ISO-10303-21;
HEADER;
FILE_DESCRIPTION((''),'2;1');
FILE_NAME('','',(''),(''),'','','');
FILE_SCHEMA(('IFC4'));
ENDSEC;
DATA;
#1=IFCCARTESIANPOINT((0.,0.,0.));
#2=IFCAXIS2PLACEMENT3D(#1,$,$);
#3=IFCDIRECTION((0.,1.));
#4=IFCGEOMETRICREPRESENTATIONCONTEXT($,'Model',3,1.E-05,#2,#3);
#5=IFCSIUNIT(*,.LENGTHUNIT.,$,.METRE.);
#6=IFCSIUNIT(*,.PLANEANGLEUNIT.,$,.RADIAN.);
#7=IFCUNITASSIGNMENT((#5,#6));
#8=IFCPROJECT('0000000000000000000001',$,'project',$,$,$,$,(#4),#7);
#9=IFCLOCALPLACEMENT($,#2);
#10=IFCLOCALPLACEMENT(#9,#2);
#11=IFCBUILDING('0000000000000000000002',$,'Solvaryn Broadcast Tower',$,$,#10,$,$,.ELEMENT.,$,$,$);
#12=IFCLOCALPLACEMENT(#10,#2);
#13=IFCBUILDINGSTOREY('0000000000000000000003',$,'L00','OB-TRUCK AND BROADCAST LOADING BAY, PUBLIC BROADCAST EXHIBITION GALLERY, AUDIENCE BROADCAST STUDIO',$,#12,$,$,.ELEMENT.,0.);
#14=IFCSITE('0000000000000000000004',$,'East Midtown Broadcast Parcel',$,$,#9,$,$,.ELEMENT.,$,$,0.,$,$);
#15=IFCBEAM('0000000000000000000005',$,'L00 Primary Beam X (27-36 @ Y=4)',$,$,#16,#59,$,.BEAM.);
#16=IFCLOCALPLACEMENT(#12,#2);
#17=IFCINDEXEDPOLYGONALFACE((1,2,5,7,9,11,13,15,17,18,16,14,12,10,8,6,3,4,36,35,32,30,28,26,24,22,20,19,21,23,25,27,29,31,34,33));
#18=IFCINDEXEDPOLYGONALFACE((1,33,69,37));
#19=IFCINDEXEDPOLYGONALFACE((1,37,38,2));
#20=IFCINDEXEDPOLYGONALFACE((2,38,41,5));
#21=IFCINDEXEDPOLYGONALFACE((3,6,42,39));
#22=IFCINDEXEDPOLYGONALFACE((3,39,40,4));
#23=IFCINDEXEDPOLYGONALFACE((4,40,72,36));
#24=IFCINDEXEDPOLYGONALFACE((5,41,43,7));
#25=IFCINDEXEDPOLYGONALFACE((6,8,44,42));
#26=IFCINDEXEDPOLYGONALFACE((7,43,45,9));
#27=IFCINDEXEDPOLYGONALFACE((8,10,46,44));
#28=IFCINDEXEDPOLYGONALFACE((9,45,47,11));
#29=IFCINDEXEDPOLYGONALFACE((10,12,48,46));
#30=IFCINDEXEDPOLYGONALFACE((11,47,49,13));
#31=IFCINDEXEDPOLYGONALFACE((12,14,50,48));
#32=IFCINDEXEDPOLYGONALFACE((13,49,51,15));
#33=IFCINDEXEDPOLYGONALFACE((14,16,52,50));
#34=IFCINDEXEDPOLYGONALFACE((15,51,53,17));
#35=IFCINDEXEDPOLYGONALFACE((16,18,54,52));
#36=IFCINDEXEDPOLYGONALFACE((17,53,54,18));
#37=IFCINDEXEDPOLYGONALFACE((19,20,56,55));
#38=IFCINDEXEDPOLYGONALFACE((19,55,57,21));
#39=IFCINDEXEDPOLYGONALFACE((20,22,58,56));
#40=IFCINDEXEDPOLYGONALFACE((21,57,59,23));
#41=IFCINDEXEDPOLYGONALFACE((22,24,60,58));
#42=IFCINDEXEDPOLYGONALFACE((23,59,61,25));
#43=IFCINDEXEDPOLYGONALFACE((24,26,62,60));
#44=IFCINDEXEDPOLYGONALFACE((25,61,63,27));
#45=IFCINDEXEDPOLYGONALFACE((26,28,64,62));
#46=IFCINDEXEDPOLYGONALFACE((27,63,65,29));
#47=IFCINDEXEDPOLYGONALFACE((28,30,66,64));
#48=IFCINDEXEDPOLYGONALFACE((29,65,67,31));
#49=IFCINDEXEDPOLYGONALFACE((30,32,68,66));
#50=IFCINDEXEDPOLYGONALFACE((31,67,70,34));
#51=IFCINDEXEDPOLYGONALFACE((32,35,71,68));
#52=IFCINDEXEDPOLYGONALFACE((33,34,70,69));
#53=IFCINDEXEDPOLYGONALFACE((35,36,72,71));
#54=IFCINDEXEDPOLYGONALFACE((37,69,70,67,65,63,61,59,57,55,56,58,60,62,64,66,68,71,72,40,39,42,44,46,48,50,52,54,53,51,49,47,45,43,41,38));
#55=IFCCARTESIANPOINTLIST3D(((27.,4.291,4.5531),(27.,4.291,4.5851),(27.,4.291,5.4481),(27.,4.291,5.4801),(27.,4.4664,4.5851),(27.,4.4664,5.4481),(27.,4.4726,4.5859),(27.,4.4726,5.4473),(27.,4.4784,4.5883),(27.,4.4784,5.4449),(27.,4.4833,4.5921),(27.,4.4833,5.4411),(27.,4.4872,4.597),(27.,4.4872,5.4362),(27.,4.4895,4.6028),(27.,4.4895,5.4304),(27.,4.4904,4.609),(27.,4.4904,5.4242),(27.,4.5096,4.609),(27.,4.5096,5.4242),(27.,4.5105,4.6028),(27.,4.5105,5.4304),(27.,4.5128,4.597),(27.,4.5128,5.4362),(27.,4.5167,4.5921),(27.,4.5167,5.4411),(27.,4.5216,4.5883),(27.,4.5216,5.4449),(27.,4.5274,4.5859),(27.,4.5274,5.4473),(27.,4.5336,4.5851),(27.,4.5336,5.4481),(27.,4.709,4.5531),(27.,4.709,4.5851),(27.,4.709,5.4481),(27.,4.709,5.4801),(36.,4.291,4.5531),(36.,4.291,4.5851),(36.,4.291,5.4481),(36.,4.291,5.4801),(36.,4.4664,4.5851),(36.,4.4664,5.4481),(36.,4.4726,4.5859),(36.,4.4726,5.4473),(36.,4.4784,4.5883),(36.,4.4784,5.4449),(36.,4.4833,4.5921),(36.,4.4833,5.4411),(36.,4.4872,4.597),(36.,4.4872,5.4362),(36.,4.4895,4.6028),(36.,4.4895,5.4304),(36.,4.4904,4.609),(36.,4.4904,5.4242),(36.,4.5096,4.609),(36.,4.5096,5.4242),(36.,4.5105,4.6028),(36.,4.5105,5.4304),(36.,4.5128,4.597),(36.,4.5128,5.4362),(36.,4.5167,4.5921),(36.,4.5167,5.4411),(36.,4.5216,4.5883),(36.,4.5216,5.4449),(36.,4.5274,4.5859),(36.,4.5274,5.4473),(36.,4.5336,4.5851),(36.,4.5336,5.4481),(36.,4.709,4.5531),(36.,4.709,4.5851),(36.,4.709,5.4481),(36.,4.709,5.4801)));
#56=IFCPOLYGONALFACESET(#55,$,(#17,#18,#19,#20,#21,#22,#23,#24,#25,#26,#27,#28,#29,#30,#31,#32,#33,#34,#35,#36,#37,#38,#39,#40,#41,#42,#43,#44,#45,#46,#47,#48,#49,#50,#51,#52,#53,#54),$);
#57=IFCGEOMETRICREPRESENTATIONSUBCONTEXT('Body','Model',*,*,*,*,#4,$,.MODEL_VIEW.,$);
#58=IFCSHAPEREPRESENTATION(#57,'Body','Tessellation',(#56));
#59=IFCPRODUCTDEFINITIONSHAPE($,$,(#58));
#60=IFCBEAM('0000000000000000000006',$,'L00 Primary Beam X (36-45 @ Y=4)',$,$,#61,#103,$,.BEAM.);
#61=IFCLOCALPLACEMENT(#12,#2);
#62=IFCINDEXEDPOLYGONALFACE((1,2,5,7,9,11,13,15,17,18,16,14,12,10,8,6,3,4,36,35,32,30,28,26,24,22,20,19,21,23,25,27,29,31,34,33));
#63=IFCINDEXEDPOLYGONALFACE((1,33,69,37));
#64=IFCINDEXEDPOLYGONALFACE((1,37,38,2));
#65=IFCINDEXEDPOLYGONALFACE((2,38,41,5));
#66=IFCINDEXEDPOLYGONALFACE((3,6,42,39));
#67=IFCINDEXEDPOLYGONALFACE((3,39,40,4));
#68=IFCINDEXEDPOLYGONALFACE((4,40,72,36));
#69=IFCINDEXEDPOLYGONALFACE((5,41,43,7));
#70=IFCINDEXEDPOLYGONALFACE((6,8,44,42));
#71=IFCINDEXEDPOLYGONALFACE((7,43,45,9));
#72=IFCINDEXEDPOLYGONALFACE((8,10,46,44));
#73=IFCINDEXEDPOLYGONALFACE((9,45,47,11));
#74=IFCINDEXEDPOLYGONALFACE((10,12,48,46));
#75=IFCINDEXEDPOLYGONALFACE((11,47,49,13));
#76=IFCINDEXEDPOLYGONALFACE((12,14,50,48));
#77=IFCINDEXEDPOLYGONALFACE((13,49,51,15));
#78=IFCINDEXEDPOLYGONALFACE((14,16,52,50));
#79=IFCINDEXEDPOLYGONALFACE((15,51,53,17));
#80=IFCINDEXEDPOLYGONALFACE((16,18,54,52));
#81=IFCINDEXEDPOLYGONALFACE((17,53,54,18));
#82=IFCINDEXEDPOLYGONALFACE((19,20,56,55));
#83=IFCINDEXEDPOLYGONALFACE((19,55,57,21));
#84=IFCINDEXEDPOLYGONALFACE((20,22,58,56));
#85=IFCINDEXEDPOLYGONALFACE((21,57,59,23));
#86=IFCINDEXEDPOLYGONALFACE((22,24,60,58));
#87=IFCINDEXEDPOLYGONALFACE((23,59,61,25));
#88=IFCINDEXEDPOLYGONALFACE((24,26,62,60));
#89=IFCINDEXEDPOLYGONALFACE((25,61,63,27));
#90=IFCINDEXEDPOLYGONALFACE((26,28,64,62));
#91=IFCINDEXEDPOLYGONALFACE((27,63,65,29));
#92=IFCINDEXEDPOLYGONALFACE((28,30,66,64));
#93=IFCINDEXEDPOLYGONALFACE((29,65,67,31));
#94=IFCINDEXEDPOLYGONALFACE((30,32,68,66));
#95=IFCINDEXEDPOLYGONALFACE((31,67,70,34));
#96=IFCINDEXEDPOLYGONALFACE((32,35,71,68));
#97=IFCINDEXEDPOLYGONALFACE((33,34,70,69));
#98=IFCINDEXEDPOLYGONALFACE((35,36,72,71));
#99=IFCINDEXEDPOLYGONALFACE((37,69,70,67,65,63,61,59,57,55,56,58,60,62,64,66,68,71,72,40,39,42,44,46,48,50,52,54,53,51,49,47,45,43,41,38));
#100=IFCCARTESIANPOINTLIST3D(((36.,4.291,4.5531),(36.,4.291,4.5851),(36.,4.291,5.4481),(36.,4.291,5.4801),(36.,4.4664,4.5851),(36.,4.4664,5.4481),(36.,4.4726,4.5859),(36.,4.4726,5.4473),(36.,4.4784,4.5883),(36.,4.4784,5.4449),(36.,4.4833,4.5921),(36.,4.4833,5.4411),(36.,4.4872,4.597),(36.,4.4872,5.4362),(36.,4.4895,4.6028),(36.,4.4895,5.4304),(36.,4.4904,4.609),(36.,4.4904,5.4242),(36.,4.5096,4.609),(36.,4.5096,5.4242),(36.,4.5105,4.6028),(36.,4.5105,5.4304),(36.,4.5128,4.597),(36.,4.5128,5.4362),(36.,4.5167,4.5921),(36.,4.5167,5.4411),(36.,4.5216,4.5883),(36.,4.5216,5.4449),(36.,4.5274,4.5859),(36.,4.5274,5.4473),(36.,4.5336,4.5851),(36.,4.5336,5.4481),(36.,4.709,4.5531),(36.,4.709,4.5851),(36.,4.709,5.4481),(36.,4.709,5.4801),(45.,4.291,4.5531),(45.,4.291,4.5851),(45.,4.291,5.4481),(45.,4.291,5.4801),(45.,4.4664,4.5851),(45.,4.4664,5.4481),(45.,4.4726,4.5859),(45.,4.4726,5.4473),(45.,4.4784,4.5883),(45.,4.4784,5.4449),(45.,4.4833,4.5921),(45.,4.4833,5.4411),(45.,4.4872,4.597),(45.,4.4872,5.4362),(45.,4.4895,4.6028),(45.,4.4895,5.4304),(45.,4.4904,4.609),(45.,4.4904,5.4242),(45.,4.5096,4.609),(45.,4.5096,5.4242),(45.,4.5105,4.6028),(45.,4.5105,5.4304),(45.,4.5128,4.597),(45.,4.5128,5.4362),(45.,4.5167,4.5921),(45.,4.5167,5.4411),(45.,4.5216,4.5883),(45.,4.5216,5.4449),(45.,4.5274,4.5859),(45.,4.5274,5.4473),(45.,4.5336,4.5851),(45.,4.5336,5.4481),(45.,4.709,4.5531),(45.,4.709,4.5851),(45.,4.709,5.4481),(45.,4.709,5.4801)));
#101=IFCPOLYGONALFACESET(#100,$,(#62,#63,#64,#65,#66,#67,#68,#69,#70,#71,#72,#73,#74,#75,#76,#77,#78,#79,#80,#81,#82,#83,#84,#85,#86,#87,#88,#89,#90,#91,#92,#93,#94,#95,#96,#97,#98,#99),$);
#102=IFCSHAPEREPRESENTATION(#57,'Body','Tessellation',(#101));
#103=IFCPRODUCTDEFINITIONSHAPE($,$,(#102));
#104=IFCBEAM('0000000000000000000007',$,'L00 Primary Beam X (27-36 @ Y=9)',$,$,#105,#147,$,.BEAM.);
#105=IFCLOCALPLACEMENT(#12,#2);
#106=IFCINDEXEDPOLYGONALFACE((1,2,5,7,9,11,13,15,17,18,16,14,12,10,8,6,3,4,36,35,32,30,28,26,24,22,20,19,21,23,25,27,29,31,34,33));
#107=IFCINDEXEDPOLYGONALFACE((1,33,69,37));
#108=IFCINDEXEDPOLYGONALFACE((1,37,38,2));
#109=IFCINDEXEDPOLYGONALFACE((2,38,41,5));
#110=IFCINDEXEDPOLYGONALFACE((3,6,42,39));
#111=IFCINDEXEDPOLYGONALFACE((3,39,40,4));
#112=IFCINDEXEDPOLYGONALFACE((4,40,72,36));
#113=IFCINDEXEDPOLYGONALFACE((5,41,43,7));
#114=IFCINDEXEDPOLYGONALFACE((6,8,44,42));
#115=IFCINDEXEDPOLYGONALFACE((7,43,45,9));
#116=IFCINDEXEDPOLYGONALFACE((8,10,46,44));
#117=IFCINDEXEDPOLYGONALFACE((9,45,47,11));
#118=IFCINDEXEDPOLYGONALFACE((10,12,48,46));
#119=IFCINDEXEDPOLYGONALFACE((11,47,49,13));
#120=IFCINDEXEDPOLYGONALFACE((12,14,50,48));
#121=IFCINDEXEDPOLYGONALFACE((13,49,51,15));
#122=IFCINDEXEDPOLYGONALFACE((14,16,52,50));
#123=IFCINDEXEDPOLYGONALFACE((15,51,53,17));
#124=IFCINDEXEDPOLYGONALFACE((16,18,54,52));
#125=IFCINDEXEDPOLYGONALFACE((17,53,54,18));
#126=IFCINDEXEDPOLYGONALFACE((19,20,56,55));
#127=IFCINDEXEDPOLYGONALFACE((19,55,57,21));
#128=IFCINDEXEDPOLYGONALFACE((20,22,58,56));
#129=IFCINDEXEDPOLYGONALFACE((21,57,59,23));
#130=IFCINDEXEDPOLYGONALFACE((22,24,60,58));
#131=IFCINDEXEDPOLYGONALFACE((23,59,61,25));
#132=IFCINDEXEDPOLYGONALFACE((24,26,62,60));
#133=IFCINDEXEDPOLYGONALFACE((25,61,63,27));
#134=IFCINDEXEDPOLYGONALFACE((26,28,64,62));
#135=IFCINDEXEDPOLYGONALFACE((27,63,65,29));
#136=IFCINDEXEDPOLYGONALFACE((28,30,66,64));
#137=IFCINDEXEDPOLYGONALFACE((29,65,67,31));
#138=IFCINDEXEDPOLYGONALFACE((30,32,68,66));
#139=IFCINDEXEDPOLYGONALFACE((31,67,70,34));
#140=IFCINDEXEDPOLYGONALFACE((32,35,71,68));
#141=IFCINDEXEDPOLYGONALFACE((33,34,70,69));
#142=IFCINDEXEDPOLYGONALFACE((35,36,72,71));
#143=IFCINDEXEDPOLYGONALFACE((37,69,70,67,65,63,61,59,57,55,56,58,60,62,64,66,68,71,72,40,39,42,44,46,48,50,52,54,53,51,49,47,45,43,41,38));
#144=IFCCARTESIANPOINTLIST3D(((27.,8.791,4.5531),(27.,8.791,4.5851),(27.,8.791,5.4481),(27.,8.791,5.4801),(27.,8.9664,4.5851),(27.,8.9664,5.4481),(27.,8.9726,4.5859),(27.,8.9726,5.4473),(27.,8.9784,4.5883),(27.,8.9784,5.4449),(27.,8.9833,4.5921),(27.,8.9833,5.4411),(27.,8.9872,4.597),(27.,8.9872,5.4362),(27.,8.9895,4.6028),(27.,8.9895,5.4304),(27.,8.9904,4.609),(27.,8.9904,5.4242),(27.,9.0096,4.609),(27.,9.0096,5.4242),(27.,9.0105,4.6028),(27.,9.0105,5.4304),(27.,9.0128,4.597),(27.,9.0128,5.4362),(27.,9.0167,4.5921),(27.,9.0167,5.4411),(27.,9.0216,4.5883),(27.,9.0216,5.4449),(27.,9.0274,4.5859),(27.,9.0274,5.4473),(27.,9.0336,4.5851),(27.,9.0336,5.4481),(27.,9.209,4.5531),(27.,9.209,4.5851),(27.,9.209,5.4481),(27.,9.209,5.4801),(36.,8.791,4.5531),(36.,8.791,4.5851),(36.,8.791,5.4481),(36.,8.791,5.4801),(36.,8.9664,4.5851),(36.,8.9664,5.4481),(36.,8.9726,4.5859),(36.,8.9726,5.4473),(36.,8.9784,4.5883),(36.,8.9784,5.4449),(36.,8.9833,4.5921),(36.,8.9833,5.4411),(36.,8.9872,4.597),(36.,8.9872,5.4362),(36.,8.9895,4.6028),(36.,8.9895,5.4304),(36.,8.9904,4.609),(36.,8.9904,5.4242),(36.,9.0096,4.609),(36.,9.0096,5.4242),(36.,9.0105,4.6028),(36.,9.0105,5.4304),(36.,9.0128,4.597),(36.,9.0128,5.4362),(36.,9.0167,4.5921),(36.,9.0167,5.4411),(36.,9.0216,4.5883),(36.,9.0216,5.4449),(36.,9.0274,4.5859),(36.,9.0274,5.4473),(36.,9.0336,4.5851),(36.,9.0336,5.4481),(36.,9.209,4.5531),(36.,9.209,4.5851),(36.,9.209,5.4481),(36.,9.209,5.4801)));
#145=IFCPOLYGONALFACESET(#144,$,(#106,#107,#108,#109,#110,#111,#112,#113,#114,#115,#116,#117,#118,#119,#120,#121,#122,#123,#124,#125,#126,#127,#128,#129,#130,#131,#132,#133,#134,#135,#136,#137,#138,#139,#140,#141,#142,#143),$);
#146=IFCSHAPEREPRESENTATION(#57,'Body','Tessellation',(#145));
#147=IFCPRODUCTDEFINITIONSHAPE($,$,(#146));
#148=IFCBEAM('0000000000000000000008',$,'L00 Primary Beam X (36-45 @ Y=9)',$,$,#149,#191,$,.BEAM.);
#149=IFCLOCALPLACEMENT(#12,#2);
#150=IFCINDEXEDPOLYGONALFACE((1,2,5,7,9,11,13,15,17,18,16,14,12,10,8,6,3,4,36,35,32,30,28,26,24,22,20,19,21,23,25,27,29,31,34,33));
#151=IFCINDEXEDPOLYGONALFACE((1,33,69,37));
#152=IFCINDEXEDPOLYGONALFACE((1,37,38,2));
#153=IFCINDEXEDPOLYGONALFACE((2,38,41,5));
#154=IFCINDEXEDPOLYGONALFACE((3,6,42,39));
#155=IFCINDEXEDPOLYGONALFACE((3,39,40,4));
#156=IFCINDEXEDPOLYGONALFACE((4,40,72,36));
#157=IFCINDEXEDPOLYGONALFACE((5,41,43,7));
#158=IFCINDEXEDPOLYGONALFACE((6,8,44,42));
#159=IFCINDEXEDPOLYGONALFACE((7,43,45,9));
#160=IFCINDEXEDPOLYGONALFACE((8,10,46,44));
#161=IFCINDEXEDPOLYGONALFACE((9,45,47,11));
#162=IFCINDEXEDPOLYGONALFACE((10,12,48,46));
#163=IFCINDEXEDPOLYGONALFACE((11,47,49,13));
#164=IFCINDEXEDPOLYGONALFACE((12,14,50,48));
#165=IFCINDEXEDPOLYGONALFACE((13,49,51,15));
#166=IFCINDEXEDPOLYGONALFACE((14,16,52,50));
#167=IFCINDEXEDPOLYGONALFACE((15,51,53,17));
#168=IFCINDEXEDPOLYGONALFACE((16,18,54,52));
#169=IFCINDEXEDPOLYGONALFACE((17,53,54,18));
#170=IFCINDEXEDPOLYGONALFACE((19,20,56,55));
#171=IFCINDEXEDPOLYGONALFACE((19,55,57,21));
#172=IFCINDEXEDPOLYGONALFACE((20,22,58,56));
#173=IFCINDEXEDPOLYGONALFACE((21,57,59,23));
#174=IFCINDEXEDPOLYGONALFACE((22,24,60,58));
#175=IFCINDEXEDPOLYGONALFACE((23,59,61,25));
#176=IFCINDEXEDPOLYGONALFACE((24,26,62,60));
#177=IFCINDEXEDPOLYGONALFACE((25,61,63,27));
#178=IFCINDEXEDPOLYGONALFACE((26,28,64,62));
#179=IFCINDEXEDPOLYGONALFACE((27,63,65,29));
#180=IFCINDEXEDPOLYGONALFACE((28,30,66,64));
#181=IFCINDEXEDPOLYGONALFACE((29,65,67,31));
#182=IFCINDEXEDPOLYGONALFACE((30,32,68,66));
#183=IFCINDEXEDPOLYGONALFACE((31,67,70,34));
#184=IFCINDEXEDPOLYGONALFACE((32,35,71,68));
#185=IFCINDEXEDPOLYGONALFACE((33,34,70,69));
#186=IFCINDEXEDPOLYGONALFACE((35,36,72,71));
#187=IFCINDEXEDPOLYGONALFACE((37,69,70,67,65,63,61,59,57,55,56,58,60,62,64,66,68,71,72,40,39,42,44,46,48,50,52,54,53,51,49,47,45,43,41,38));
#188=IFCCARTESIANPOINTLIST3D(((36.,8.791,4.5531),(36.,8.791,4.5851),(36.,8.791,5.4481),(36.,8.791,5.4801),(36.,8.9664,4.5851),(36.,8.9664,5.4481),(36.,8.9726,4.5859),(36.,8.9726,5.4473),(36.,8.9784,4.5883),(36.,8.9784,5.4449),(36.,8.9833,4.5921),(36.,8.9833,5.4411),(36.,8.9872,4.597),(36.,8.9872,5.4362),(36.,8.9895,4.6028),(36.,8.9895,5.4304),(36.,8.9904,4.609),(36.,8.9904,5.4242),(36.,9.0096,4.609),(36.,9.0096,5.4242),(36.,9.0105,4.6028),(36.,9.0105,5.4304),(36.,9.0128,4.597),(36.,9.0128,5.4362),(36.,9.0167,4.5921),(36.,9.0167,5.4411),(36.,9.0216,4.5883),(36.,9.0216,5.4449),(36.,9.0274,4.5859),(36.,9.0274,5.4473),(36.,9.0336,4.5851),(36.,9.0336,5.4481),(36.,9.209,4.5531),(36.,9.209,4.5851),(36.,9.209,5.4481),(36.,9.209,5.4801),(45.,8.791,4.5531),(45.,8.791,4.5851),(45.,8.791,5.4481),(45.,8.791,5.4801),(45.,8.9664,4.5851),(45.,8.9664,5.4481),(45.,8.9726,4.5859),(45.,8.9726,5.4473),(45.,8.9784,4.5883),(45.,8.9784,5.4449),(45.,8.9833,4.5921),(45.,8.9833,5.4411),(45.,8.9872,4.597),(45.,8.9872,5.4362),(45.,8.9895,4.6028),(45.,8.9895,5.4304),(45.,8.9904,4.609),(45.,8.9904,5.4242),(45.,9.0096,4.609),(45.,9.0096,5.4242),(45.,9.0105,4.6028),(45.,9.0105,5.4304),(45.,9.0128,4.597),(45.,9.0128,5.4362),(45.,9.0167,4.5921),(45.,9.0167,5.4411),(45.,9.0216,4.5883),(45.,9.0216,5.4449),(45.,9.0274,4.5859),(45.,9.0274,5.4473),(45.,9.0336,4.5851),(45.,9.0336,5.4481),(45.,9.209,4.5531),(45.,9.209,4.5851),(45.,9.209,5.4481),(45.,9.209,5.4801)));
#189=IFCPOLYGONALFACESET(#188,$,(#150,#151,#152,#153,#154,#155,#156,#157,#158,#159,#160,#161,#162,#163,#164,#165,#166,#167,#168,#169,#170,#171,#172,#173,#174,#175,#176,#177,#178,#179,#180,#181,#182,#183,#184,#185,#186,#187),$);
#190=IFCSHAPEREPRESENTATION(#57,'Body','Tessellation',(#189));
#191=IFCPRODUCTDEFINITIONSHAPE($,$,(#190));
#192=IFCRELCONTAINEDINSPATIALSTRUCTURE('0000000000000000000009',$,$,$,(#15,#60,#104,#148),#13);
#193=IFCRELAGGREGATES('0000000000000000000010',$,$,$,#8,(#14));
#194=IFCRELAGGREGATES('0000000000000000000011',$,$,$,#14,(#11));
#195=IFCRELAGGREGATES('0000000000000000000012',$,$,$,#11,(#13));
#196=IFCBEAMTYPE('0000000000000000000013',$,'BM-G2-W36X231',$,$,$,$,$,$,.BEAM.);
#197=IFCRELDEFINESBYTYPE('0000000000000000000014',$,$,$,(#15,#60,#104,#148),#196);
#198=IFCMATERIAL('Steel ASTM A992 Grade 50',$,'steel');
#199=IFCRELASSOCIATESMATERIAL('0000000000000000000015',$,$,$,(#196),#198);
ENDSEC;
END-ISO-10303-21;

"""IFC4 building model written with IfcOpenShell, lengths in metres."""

from ifc_helpers import new_model, si_unit, direction, frame, origin, origin_2d, place, context, subcontext, project, spatial, i_section, extrude, material, material_profile, profile_set, type_object, element, save


model = new_model("IFC4")

# Units and contexts
model_context = context("Model", 3, precision=1e-05, world=origin(), true_north=direction((0.0, 1.0)))
body_context = subcontext(model_context, "Body", "Model", "MODEL_VIEW")
ifc_project = project(units=[si_unit("LENGTHUNIT", "METRE"), si_unit("PLANEANGLEUNIT", "RADIAN")], contexts=[model_context])

# Site, building, storey
site_placement = place(None, origin())
site = spatial("IfcSite", under=ifc_project, at=site_placement, Name="East Midtown Broadcast Parcel", CompositionType="ELEMENT", RefElevation=0.0)
building_placement = place(site_placement, origin())
building = spatial("IfcBuilding", under=site, at=building_placement, Name="Solvaryn Broadcast Tower", CompositionType="ELEMENT")
storey_placement = place(building_placement, origin())
storey = spatial("IfcBuildingStorey", under=building, at=storey_placement, Name="L00", Description="OB-TRUCK AND BROADCAST LOADING BAY, PUBLIC BROADCAST EXHIBITION GALLERY, AUDIENCE BROADCAST STUDIO", CompositionType="ELEMENT", Elevation=0.0)

# Beams
ifc_material_1 = material(Name="Steel ASTM A992 Grade 50", Category="steel")
ifc_material_profile_1 = material_profile(ifc_material_1, i_section(OverallWidth=0.418, OverallDepth=0.927, WebThickness=0.0193, FlangeThickness=0.032, FilletRadius=0.0239, at=origin_2d()))
ifc_profile_set_1 = profile_set([ifc_material_profile_1], Name="Steel ASTM A992 Grade 50")
beam_type_1 = type_object("IfcBeamType", Name="BM-G2-W36X231", PredefinedType="BEAM", material=ifc_profile_set_1)
for number, where, z_axis, x_axis, name in (
    (1, (27.0, 4.5, 5.0166), (1.0, 0.0, 0.0), (0.0, 1.0, 0.0), "L00 Primary Beam X (27-36 @ Y=4)"),
    (2, (36.0, 4.5, 5.0166), (1.0, 0.0, 0.0), (0.0, 1.0, 0.0), "L00 Primary Beam X (36-45 @ Y=4)"),
    (3, (27.0, 9.0, 5.0166), (1.0, 0.0, 0.0), (0.0, 1.0, 0.0), "L00 Primary Beam X (27-36 @ Y=9)"),
    (4, (36.0, 9.0, 5.0166), (1.0, 0.0, 0.0), (0.0, 1.0, 0.0), "L00 Primary Beam X (36-45 @ Y=9)"),
):
    element("IfcBeam", number, at=place(storey_placement, frame(where, z_axis=z_axis, x_axis=x_axis)), inside=storey, type_object=beam_type_1, Name=name, PredefinedType="BEAM", context=body_context, shape_type="SweptSolid", body=[
        extrude(i_section(OverallWidth=0.418, OverallDepth=0.927, WebThickness=0.0193, FlangeThickness=0.032, FilletRadius=0.0239, at=origin_2d()), origin(), (0.0, 0.0, 1.0), 9.0),
    ])

save(model, "model.ifc")
